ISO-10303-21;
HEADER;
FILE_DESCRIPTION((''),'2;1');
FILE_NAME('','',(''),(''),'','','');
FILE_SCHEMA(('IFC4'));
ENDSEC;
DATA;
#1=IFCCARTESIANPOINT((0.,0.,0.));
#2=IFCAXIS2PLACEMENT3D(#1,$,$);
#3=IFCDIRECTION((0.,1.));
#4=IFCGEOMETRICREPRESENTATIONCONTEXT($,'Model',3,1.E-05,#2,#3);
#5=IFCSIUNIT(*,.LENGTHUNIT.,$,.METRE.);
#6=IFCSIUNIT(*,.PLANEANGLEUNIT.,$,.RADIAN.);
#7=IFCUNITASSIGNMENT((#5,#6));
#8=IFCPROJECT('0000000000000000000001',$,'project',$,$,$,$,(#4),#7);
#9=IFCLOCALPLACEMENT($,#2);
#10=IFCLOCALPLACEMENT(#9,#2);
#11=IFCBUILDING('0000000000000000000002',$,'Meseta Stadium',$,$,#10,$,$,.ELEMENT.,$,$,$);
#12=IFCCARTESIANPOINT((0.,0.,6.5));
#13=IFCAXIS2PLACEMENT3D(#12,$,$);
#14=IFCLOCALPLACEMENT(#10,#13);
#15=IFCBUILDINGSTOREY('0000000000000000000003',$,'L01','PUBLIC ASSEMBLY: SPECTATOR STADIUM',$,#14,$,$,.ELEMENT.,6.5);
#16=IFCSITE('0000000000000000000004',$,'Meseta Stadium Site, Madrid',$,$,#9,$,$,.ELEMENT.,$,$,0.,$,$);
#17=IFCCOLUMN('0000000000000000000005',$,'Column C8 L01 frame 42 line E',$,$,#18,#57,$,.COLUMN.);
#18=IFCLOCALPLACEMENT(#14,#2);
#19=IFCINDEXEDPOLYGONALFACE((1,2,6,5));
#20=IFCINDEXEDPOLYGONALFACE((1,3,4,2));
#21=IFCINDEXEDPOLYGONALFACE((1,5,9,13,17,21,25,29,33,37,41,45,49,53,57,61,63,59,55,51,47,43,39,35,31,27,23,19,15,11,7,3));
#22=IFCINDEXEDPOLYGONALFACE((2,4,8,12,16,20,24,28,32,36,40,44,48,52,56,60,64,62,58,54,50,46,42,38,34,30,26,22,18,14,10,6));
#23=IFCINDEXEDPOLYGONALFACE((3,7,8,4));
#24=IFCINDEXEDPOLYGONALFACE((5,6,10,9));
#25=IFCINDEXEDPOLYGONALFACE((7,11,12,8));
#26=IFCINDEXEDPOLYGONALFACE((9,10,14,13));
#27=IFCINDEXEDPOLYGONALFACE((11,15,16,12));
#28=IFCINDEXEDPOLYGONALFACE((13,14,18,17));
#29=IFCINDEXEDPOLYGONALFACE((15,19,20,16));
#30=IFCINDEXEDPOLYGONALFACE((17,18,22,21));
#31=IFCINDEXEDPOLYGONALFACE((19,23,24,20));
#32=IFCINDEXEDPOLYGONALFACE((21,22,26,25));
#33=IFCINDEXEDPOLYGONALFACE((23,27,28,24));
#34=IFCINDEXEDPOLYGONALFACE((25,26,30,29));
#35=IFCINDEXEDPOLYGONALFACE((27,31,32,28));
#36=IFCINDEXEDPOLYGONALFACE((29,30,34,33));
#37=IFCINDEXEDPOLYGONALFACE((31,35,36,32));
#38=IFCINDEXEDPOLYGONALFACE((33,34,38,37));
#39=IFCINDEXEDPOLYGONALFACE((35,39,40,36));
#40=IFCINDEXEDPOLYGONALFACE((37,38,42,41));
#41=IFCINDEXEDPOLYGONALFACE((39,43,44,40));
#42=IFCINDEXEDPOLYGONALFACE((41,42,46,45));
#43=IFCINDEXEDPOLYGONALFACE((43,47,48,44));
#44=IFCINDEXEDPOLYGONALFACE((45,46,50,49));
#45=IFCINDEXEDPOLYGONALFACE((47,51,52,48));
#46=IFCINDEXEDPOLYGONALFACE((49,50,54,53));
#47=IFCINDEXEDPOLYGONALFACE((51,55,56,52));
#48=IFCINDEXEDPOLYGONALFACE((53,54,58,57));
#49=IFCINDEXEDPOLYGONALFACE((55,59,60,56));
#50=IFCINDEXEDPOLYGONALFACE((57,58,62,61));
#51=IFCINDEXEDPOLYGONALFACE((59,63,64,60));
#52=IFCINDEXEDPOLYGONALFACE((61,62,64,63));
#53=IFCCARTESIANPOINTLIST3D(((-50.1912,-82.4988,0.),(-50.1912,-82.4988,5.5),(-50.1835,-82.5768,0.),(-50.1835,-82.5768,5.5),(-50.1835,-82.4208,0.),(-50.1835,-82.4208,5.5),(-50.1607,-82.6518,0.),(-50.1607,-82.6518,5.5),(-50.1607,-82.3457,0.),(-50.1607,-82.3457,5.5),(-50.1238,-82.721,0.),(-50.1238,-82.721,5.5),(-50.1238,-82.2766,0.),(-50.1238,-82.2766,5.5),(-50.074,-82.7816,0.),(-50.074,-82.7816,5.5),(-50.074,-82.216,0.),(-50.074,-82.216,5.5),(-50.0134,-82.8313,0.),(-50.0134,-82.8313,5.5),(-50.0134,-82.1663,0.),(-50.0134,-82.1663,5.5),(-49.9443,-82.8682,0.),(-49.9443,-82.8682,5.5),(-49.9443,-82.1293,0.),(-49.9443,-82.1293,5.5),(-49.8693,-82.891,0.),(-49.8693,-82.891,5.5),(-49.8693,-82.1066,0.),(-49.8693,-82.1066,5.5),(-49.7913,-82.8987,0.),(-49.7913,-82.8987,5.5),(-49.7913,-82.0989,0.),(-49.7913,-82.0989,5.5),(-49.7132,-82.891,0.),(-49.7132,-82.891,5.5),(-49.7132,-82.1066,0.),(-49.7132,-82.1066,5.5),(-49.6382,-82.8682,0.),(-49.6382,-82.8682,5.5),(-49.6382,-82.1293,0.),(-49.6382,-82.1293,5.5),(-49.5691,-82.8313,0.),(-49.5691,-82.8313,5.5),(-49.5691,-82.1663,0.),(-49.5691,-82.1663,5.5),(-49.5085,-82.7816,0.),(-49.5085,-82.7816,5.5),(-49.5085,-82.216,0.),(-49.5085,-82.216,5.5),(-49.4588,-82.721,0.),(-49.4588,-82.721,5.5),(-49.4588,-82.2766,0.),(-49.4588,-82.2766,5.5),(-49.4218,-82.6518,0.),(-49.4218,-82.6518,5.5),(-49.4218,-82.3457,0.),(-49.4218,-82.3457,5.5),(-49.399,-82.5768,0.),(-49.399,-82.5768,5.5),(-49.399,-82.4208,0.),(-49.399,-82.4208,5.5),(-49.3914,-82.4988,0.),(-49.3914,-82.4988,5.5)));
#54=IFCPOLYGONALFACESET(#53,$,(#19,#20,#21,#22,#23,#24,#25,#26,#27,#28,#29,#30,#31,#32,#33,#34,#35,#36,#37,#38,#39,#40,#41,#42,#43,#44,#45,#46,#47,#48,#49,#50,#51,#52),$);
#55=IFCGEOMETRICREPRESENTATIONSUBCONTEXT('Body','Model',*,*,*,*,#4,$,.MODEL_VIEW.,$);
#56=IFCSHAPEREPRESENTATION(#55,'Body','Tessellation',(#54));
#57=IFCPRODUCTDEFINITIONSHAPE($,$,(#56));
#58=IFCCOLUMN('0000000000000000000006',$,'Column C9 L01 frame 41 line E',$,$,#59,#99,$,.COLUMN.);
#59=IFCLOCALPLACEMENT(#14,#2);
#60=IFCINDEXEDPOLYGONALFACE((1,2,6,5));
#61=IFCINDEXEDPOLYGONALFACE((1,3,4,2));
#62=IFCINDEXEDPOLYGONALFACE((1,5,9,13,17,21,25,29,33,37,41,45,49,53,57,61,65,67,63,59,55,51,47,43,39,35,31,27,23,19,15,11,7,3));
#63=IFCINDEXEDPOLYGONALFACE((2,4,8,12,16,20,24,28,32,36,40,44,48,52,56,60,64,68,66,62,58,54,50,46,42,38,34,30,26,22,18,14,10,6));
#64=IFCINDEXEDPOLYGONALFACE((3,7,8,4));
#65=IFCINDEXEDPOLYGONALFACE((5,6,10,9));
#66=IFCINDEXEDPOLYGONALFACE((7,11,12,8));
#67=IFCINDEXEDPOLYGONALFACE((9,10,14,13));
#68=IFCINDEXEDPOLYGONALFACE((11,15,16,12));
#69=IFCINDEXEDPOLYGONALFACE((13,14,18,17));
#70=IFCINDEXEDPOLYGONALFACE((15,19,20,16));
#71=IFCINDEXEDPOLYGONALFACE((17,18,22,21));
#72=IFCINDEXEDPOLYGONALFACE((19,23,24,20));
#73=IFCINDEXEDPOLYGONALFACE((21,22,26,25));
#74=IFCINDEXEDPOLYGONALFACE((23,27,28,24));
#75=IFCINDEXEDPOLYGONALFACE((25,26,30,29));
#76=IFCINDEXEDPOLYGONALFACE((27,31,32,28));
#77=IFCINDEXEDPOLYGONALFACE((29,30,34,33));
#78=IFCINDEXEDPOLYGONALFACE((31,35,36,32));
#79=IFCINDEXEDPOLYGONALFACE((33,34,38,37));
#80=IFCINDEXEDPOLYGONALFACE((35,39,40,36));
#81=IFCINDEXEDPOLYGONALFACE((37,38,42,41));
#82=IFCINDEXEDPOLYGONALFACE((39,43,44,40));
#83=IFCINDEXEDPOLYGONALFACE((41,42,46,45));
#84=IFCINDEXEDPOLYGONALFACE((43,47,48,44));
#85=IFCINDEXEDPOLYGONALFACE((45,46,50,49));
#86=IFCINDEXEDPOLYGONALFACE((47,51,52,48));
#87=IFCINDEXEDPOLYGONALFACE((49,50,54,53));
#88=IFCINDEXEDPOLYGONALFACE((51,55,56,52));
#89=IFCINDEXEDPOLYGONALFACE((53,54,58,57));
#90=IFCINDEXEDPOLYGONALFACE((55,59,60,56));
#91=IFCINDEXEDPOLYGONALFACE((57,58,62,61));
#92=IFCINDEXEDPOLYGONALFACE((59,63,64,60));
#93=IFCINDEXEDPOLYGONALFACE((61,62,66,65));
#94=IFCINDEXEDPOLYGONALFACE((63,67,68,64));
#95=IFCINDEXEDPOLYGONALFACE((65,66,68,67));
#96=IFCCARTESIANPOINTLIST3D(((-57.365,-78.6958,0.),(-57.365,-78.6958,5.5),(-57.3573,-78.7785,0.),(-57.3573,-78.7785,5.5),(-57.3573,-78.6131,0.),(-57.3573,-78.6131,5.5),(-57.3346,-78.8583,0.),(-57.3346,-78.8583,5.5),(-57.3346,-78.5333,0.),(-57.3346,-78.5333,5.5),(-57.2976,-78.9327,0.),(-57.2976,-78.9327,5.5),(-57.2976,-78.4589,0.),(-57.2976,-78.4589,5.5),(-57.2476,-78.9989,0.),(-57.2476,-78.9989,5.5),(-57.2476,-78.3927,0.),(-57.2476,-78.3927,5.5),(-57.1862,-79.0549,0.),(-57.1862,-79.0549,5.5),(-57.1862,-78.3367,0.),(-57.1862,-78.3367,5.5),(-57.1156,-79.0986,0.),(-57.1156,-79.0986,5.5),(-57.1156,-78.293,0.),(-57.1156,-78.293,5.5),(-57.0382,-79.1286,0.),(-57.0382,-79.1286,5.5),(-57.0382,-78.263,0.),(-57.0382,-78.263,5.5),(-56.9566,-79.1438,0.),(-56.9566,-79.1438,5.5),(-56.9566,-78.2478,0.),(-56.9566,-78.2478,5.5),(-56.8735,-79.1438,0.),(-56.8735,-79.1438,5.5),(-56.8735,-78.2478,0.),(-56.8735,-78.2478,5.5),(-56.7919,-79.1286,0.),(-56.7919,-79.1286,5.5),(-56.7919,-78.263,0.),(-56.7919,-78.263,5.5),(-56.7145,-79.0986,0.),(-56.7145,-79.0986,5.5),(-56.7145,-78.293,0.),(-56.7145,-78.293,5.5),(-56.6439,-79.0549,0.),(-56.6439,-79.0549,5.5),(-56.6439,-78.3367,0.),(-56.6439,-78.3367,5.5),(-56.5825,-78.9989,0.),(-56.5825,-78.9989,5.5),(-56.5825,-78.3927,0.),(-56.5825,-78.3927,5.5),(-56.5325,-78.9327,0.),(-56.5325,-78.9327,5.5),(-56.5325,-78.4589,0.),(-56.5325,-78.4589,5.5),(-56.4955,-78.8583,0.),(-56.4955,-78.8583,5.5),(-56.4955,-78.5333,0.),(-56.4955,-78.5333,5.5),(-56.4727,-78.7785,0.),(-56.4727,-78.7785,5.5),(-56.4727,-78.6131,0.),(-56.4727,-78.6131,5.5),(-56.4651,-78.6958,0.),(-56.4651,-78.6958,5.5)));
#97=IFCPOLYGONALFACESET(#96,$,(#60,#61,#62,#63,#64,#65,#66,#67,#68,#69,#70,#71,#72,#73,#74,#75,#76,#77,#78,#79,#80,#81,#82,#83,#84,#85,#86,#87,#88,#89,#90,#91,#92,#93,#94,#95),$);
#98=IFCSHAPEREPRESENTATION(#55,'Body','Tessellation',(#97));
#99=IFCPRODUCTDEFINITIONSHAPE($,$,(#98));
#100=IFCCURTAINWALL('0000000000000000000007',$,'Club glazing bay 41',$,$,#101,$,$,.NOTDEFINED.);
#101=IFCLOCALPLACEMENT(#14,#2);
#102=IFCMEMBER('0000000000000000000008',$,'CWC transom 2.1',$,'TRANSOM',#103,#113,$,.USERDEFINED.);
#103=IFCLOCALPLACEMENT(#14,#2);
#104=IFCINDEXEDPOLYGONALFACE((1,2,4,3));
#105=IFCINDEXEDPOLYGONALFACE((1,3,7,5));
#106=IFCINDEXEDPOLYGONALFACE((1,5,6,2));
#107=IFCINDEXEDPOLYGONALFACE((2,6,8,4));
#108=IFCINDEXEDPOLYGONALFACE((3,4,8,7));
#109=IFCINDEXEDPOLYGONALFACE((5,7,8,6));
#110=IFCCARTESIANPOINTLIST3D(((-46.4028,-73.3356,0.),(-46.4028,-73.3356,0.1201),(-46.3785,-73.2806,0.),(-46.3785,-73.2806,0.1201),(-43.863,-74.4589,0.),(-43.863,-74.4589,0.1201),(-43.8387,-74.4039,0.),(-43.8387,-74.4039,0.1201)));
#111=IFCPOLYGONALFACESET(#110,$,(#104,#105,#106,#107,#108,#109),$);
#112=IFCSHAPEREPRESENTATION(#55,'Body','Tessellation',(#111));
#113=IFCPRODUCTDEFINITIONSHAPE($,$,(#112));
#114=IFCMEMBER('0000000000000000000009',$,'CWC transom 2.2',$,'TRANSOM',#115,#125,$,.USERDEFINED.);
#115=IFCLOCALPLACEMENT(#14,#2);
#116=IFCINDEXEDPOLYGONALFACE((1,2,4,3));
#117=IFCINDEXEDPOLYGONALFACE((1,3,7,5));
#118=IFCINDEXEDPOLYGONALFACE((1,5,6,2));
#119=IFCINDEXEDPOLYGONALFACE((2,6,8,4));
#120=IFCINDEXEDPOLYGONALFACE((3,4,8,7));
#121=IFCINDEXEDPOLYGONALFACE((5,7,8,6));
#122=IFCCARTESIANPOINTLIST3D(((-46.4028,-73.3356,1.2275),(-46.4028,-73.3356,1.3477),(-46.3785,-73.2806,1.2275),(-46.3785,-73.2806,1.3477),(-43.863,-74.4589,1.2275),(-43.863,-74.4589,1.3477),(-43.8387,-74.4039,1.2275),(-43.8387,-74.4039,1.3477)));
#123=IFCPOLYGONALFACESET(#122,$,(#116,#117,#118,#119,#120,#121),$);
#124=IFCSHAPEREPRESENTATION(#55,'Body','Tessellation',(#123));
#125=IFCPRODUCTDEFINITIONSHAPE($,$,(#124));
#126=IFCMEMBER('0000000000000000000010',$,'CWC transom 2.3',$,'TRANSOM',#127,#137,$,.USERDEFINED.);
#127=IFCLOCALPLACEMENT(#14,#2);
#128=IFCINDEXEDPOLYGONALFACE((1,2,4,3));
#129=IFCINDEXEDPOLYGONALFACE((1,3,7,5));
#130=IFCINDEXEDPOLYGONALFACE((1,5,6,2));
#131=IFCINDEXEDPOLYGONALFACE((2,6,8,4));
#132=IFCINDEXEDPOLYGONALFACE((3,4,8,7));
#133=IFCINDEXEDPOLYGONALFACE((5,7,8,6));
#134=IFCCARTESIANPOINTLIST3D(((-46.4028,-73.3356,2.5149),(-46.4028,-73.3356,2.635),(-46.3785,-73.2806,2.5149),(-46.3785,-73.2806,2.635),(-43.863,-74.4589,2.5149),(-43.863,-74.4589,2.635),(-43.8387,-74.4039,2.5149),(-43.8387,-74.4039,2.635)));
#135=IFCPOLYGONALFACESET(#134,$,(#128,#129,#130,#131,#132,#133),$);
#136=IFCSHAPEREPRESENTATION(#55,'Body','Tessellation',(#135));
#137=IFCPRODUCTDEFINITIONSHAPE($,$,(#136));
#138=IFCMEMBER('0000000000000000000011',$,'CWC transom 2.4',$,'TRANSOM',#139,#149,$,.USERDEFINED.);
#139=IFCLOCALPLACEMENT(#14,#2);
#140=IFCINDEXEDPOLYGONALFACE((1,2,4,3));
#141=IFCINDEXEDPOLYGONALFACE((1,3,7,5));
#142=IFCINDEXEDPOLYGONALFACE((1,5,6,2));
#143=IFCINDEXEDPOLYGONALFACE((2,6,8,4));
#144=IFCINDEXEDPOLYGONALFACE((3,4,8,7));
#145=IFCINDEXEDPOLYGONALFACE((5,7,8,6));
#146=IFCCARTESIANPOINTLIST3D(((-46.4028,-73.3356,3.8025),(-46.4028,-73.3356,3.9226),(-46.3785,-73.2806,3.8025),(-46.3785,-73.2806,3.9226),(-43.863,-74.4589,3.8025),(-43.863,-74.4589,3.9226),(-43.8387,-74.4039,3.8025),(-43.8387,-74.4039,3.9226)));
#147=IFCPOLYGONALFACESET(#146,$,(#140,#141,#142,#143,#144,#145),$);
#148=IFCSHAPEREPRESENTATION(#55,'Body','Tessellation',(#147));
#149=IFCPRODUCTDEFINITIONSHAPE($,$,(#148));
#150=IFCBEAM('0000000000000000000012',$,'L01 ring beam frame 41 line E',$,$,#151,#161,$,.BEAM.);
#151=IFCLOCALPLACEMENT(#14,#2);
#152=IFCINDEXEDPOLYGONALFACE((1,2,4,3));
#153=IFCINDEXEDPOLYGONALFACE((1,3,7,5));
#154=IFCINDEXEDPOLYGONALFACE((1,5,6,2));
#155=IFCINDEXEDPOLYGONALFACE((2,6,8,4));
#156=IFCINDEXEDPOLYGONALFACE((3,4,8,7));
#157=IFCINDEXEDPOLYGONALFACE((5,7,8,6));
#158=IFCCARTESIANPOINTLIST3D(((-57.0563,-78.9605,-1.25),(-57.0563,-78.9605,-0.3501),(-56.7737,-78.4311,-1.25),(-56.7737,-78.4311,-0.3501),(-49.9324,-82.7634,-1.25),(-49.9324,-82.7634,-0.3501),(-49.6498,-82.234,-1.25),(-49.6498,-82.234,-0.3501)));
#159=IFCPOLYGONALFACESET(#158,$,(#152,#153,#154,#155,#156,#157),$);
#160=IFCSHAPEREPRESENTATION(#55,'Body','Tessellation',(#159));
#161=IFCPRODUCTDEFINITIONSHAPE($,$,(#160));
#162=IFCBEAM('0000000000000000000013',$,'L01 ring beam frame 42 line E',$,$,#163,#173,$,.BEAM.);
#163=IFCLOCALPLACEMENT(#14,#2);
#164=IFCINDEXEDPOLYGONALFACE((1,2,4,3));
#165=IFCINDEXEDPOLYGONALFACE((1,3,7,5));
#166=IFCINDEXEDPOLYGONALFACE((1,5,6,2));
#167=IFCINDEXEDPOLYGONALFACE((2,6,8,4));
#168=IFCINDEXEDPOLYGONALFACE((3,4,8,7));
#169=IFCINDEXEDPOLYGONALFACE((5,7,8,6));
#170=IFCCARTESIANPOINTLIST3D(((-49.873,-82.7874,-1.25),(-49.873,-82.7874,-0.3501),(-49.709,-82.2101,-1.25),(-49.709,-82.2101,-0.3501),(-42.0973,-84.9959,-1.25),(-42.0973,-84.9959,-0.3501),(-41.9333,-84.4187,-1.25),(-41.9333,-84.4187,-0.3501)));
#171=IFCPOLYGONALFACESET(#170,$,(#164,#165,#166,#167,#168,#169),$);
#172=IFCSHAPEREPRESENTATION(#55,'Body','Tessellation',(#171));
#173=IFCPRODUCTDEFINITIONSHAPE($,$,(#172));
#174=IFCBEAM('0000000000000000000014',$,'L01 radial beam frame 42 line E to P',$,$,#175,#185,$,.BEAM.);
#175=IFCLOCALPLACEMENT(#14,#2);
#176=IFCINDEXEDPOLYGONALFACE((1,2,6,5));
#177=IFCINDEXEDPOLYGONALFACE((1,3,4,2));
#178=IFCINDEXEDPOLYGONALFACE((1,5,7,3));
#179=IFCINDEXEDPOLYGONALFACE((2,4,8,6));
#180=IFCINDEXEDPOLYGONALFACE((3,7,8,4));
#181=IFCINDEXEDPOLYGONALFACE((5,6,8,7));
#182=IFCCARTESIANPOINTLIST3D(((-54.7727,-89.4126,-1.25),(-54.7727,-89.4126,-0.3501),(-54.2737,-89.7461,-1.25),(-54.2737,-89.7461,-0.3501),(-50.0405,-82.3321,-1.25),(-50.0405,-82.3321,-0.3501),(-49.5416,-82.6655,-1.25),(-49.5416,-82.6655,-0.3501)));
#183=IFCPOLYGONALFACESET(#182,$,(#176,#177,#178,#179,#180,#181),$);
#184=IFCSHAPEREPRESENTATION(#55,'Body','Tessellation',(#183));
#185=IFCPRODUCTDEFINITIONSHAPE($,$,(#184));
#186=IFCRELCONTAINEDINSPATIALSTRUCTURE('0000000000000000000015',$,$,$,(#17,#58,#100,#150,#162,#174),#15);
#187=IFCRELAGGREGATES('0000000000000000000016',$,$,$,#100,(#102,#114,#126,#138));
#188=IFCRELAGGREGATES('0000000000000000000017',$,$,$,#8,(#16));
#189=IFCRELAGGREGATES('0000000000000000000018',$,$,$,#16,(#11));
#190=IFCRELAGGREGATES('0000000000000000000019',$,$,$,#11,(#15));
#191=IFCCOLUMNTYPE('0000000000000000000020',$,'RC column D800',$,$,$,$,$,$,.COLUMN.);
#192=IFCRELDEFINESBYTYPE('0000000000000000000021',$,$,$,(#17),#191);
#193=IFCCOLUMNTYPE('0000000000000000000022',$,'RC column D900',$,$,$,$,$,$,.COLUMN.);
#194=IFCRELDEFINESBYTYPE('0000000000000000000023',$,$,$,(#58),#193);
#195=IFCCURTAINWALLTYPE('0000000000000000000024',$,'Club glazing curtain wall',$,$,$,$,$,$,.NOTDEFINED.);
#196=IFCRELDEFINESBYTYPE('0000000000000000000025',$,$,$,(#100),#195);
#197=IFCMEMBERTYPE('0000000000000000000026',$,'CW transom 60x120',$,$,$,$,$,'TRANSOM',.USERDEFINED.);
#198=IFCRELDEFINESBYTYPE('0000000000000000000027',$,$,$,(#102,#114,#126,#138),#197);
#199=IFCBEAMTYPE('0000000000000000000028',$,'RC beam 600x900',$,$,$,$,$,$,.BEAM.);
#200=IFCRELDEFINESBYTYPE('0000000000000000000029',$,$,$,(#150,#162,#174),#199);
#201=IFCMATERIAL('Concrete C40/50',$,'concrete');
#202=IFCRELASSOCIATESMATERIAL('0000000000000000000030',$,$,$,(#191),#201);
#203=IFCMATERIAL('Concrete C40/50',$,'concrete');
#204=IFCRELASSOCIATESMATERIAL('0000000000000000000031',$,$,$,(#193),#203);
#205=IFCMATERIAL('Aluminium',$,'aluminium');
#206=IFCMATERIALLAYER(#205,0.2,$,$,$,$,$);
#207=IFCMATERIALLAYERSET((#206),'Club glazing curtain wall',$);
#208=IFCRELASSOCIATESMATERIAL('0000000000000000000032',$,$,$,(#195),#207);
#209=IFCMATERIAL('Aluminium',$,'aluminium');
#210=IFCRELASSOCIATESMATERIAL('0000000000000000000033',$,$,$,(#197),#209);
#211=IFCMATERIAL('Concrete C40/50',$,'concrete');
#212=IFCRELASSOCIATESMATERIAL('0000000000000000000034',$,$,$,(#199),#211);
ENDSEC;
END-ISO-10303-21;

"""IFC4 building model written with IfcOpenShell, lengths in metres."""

from ifc_helpers import new_model, si_unit, direction, frame, origin, origin_2d, place, context, subcontext, project, spatial, rectangle, circle, extrude, material, layer, layer_set, material_profile, profile_set, type_object, element, aggregate, save


model = new_model("IFC4")

# Units and contexts
model_context = context("Model", 3, precision=1e-05, world=origin(), true_north=direction((0.0, 1.0)))
body_context = subcontext(model_context, "Body", "Model", "MODEL_VIEW")
ifc_project = project(units=[si_unit("LENGTHUNIT", "METRE"), si_unit("PLANEANGLEUNIT", "RADIAN")], contexts=[model_context])

# Site, building, storey
site_placement = place(None, origin())
site = spatial("IfcSite", under=ifc_project, at=site_placement, Name="Meseta Stadium Site, Madrid", CompositionType="ELEMENT", RefElevation=0.0)
building_placement = place(site_placement, origin())
building = spatial("IfcBuilding", under=site, at=building_placement, Name="Meseta Stadium", CompositionType="ELEMENT")
storey_placement = place(building_placement, frame((0.0, 0.0, 6.5)))
storey = spatial("IfcBuildingStorey", under=building, at=storey_placement, Name="L01", Description="PUBLIC ASSEMBLY: SPECTATOR STADIUM", CompositionType="ELEMENT", Elevation=6.5)

# Columns
ifc_material_1 = material(Name="Concrete C40/50", Category="concrete")
ifc_material_profile_1 = material_profile(ifc_material_1, circle(Radius=0.3999, at=origin_2d()), Name="RC D800")
ifc_profile_set_1 = profile_set([ifc_material_profile_1], Name="Concrete C40/50")
column_type_1 = type_object("IfcColumnType", Name="RC column D800", PredefinedType="COLUMN", material=ifc_profile_set_1)
column_1_placement = place(storey_placement, frame((-49.7913, -82.4988, 0.0), z_axis=(0.0, 0.0, 1.0), x_axis=(1.0, 0.0, 0.0)))
element("IfcColumn", 1, at=column_1_placement, inside=storey, type_object=column_type_1, Name="Column C8 L01 frame 42 line E", PredefinedType="COLUMN", context=body_context, shape_type="SweptSolid", body=[
    extrude(circle(Radius=0.3999, at=origin_2d()), origin(), (0.0, 0.0, 1.0), 5.5),
])
ifc_material_2 = material(Name="Concrete C40/50", Category="concrete")
ifc_material_profile_2 = material_profile(ifc_material_2, circle(Radius=0.45, at=origin_2d()), Name="RC D900")
ifc_profile_set_2 = profile_set([ifc_material_profile_2], Name="Concrete C40/50")
column_type_2 = type_object("IfcColumnType", Name="RC column D900", PredefinedType="COLUMN", material=ifc_profile_set_2)
column_2_placement = place(storey_placement, frame((-56.915, -78.6958, 0.0), z_axis=(0.0, 0.0, 1.0), x_axis=(1.0, 0.0, 0.0)))
element("IfcColumn", 2, at=column_2_placement, inside=storey, type_object=column_type_2, Name="Column C9 L01 frame 41 line E", PredefinedType="COLUMN", context=body_context, shape_type="SweptSolid", body=[
    extrude(circle(Radius=0.45, at=origin_2d()), origin(), (0.0, 0.0, 1.0), 5.5),
])

# Curtain wall, members
ifc_material_3 = material(Name="Aluminium", Category="aluminium")
ifc_layer_1 = layer(ifc_material_3, 0.2)
ifc_layer_set_1 = layer_set([ifc_layer_1], Name="Club glazing curtain wall")
curtain_wall_type = type_object("IfcCurtainWallType", Name="Club glazing curtain wall", PredefinedType="NOTDEFINED", material=ifc_layer_set_1)
curtain_wall_placement = place(storey_placement, origin())
curtain_wall = element("IfcCurtainWall", 3, at=curtain_wall_placement, inside=storey, type_object=curtain_wall_type, Name="Club glazing bay 41", PredefinedType="NOTDEFINED")
ifc_material_4 = material(Name="Aluminium", Category="aluminium")
ifc_material_profile_3 = material_profile(ifc_material_4, rectangle(XDim=0.0601, YDim=0.1201, at=origin_2d()), Name="CW 60x120")
ifc_profile_set_3 = profile_set([ifc_material_profile_3], Name="Aluminium")
member_type = type_object("IfcMemberType", Name="CW transom 60x120", ElementType="TRANSOM", PredefinedType="USERDEFINED", material=ifc_profile_set_3)
member_1_placement = place(storey_placement, frame((-46.3906, -73.3081, 0.0601), z_axis=(0.914546, -0.404482, 0.0), x_axis=(0.404482, 0.914546, 0.0)))
member_1 = element("IfcMember", 4, at=member_1_placement, type_object=member_type, Name="CWC transom 2.1", ObjectType="TRANSOM", PredefinedType="USERDEFINED", context=body_context, shape_type="SweptSolid", body=[
    extrude(rectangle(XDim=0.0601, YDim=0.1201, at=origin_2d()), origin(), (0.0, 0.0, 1.0), 2.7771),
])
member_2_placement = place(storey_placement, frame((-46.3906, -73.3081, 1.2876), z_axis=(0.914546, -0.404482, 0.0), x_axis=(0.404482, 0.914546, 0.0)))
member_2 = element("IfcMember", 5, at=member_2_placement, type_object=member_type, Name="CWC transom 2.2", ObjectType="TRANSOM", PredefinedType="USERDEFINED", context=body_context, shape_type="SweptSolid", body=[
    extrude(rectangle(XDim=0.0601, YDim=0.1201, at=origin_2d()), origin(), (0.0, 0.0, 1.0), 2.7771),
])
member_3_placement = place(storey_placement, frame((-46.3906, -73.3081, 2.575), z_axis=(0.914546, -0.404482, 0.0), x_axis=(0.404482, 0.914546, 0.0)))
member_3 = element("IfcMember", 6, at=member_3_placement, type_object=member_type, Name="CWC transom 2.3", ObjectType="TRANSOM", PredefinedType="USERDEFINED", context=body_context, shape_type="SweptSolid", body=[
    extrude(rectangle(XDim=0.0601, YDim=0.1201, at=origin_2d()), origin(), (0.0, 0.0, 1.0), 2.7771),
])
member_4_placement = place(storey_placement, frame((-46.3906, -73.3081, 3.8625), z_axis=(0.914546, -0.404482, 0.0), x_axis=(0.404482, 0.914546, 0.0)))
member_4 = element("IfcMember", 7, at=member_4_placement, type_object=member_type, Name="CWC transom 2.4", ObjectType="TRANSOM", PredefinedType="USERDEFINED", context=body_context, shape_type="SweptSolid", body=[
    extrude(rectangle(XDim=0.0601, YDim=0.1201, at=origin_2d()), origin(), (0.0, 0.0, 1.0), 2.7771),
])
aggregate(curtain_wall, [member_1, member_2, member_3, member_4])

# Beams
ifc_material_5 = material(Name="Concrete C40/50", Category="concrete")
ifc_material_profile_4 = material_profile(ifc_material_5, rectangle(XDim=0.6001, YDim=0.8999, at=origin_2d()), Name="RC 600x900")
ifc_profile_set_4 = profile_set([ifc_material_profile_4], Name="Concrete C40/50")
beam_type_1 = type_object("IfcBeamType", Name="RC beam 600x900", PredefinedType="BEAM", material=ifc_profile_set_4)
beam_1_placement = place(storey_placement, frame((-56.915, -78.6958, -0.8), z_axis=(0.882173, -0.470926, 0.0), x_axis=(0.470926, 0.882173, 0.0)))
element("IfcBeam", 8, at=beam_1_placement, inside=storey, type_object=beam_type_1, Name="L01 ring beam frame 41 line E", PredefinedType="BEAM", context=body_context, shape_type="SweptSolid", body=[
    extrude(rectangle(XDim=0.6001, YDim=0.8999, at=origin_2d()), origin(), (0.0, 0.0, 1.0), 8.0754),
])
beam_2_placement = place(storey_placement, frame((-49.791, -82.4988, -0.8), z_axis=(0.961951, -0.273221, 0.0), x_axis=(0.273221, 0.961951, 0.0)))
element("IfcBeam", 9, at=beam_2_placement, inside=storey, type_object=beam_type_1, Name="L01 ring beam frame 42 line E", PredefinedType="BEAM", context=body_context, shape_type="SweptSolid", body=[
    extrude(rectangle(XDim=0.6001, YDim=0.8999, at=origin_2d()), origin(), (0.0, 0.0, 1.0), 8.0833),
])
beam_3_placement = place(storey_placement, frame((-49.791, -82.4988, -0.8), z_axis=(-0.555659, -0.83141, 0.0), x_axis=(0.83141, -0.555659, 0.0)))
element("IfcBeam", 10, at=beam_3_placement, inside=storey, type_object=beam_type_1, Name="L01 radial beam frame 42 line E to P", PredefinedType="BEAM", context=body_context, shape_type="SweptSolid", body=[
    extrude(rectangle(XDim=0.6001, YDim=0.8999, at=origin_2d()), origin(), (0.0, 0.0, 1.0), 8.5164),
])

save(model, "model.ifc")
